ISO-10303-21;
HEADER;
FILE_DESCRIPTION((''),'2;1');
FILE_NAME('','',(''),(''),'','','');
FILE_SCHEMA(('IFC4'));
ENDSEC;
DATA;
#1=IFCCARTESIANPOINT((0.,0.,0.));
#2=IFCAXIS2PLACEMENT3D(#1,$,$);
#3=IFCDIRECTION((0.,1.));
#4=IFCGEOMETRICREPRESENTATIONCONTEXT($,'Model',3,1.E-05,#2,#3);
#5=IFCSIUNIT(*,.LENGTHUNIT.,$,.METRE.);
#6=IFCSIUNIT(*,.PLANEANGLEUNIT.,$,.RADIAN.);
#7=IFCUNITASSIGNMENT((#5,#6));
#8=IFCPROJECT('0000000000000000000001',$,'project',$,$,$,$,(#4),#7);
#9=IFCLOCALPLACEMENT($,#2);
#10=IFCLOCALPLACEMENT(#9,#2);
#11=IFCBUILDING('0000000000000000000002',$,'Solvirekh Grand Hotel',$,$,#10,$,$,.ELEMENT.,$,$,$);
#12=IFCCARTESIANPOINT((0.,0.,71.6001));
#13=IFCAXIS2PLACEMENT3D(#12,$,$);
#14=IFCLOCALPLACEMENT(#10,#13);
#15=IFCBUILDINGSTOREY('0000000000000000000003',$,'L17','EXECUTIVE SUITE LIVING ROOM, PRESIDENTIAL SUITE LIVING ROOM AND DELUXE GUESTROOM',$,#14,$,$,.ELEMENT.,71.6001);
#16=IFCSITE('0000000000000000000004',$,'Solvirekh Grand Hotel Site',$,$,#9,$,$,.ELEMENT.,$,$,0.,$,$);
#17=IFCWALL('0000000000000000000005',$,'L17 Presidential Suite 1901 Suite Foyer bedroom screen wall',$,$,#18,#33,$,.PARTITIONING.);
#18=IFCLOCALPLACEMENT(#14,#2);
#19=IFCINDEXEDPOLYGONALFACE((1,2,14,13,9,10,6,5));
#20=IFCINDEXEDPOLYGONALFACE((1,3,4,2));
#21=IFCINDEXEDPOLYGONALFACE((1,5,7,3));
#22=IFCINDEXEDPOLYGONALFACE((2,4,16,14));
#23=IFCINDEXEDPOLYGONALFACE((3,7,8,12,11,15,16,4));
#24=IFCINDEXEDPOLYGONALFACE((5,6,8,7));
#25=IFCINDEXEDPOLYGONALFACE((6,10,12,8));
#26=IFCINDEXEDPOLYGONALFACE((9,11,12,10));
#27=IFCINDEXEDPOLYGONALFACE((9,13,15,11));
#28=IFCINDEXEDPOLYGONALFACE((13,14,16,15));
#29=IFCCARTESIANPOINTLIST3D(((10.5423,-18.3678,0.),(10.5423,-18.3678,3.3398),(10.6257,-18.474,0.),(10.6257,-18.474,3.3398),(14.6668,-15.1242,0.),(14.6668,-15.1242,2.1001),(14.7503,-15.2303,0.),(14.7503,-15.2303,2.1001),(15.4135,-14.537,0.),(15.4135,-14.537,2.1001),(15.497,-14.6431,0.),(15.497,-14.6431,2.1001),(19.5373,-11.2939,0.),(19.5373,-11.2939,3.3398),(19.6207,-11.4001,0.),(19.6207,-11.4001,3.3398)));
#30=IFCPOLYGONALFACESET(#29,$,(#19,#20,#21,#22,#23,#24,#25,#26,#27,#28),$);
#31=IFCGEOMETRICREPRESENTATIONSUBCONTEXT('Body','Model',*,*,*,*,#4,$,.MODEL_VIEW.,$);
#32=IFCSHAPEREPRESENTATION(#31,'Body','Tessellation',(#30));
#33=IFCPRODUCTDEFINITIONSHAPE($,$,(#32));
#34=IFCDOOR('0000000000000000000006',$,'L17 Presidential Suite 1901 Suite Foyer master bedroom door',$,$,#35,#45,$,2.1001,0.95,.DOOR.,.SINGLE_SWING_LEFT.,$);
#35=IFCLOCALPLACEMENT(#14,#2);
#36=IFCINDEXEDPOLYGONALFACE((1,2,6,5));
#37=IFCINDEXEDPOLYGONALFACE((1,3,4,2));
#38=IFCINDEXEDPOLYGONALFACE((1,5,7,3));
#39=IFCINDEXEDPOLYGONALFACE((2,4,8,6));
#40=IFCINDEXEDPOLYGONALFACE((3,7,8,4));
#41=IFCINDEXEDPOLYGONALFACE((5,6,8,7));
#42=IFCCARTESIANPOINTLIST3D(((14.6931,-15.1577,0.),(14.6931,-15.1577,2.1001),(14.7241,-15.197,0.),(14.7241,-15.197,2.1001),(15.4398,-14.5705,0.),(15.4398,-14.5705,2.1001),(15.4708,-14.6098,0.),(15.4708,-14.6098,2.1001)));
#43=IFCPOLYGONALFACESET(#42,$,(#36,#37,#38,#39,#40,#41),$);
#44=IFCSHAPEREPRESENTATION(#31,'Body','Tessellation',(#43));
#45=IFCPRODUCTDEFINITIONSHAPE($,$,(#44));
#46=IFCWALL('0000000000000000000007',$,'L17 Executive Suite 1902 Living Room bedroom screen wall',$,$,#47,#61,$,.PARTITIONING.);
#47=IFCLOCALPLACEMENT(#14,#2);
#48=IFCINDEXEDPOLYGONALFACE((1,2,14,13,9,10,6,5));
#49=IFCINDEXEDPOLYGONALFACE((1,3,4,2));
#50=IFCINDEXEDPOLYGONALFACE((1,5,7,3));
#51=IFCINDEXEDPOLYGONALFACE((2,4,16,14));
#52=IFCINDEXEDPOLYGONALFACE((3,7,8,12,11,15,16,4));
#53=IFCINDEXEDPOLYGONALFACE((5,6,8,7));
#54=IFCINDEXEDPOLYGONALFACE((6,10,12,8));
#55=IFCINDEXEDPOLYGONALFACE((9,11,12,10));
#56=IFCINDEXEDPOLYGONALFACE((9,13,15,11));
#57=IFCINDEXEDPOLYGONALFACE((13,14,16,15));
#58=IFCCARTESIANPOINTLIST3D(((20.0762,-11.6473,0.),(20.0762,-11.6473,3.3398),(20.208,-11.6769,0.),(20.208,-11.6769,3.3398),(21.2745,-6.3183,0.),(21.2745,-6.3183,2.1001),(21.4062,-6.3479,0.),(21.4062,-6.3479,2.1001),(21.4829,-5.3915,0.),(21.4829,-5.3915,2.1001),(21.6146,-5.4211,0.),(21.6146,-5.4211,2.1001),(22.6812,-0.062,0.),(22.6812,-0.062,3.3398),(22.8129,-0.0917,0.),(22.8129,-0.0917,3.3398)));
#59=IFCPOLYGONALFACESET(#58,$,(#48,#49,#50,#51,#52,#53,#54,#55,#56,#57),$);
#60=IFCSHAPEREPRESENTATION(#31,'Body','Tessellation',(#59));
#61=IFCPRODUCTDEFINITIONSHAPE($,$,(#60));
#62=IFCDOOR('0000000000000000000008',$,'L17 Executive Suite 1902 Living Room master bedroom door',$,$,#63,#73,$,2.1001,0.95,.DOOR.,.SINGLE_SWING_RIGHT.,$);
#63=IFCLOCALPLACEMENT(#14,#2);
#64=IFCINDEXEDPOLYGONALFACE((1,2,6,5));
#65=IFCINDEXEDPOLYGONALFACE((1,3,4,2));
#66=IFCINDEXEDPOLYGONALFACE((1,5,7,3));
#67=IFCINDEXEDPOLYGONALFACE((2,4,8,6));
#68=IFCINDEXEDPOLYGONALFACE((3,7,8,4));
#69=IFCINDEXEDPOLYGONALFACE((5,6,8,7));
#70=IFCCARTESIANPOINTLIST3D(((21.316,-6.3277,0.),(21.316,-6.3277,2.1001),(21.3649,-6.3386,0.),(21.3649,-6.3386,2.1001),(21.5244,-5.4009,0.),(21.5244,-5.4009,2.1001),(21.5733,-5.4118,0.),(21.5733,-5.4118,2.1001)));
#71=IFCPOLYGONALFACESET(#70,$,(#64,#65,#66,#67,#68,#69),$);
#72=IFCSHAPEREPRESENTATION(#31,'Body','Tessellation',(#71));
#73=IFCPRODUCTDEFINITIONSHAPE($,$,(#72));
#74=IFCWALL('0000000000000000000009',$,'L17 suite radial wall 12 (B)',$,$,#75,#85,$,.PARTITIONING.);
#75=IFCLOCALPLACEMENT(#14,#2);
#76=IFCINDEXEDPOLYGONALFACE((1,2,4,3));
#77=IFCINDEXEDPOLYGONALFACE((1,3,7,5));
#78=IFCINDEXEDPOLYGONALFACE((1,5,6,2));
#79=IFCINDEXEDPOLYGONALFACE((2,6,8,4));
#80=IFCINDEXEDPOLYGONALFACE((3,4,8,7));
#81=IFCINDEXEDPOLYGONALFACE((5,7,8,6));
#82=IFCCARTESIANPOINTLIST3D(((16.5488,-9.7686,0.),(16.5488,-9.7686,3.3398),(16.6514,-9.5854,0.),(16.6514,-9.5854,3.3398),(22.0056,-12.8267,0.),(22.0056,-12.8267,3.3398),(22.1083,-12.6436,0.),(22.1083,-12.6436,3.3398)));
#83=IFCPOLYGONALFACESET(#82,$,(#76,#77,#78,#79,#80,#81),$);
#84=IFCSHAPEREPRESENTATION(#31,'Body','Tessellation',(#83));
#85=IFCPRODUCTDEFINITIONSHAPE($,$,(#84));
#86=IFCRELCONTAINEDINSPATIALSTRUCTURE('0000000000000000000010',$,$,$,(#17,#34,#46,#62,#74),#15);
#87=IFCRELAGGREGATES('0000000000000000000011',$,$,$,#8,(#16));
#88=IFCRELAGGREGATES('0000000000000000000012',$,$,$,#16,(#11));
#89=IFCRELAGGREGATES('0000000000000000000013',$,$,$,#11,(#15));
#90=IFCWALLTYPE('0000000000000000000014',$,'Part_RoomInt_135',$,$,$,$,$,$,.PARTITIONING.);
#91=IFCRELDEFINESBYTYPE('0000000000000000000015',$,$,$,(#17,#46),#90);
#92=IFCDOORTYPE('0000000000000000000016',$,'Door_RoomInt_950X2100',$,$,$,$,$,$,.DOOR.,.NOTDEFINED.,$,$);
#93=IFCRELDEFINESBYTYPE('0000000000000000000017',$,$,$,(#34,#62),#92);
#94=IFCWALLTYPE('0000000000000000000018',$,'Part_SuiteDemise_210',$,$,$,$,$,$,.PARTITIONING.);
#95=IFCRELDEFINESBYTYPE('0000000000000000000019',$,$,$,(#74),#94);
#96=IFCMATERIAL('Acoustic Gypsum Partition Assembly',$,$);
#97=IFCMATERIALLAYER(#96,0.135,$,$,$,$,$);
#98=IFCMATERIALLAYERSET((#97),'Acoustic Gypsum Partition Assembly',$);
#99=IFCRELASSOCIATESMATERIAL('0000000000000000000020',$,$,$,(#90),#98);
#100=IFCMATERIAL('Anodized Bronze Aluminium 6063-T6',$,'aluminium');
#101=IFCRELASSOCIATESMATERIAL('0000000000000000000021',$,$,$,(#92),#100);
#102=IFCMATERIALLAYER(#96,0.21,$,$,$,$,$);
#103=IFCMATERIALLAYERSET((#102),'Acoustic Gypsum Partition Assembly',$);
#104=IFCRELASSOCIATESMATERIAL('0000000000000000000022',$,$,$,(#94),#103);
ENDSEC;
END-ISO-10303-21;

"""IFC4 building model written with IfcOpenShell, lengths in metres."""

from ifc_helpers import new_model, si_unit, direction, frame, frame_2d, origin, place, context, subcontext, project, spatial, rectangle, extrude, material, layer, layer_set, type_object, element, fill, save


model = new_model("IFC4")

# Units and contexts
model_context = context("Model", 3, precision=1e-05, world=origin(), true_north=direction((0.0, 1.0)))
body_context = subcontext(model_context, "Body", "Model", "MODEL_VIEW")
ifc_project = project(units=[si_unit("LENGTHUNIT", "METRE"), si_unit("PLANEANGLEUNIT", "RADIAN")], contexts=[model_context])

# Site, building, storey
site_placement = place(None, origin())
site = spatial("IfcSite", under=ifc_project, at=site_placement, Name="Solvirekh Grand Hotel Site", CompositionType="ELEMENT", RefElevation=0.0)
building_placement = place(site_placement, origin())
building = spatial("IfcBuilding", under=site, at=building_placement, Name="Solvirekh Grand Hotel", CompositionType="ELEMENT")
storey_placement = place(building_placement, frame((0.0, 0.0, 71.6001)))
storey = spatial("IfcBuildingStorey", under=building, at=storey_placement, Name="L17", Description="EXECUTIVE SUITE LIVING ROOM, PRESIDENTIAL SUITE LIVING ROOM AND DELUXE GUESTROOM", CompositionType="ELEMENT", Elevation=71.6001)

# Shared definitions
ifc_material_1 = material(Name="Anodized Bronze Aluminium 6063-T6", Category="aluminium")

# Walls, openings, doors
ifc_material_2 = material(Name="Acoustic Gypsum Partition Assembly")
ifc_layer_1 = layer(ifc_material_2, 0.135)
ifc_layer_set_1 = layer_set([ifc_layer_1], Name="Acoustic Gypsum Partition Assembly")
wall_type_1 = type_object("IfcWallType", Name="Part_RoomInt_135", PredefinedType="PARTITIONING", material=ifc_layer_set_1)
wall_1_placement = place(storey_placement, frame((10.584, -18.4209, 0.0), z_axis=(0.0, 0.0, 1.0), x_axis=(0.786047, 0.618166, 0.0)))
wall_1 = element("IfcWall", 1, at=wall_1_placement, inside=storey, type_object=wall_type_1, Name="L17 Presidential Suite 1901 Suite Foyer bedroom screen wall", PredefinedType="PARTITIONING", context=body_context, shape_type="SweptSolid", body=[
    extrude(rectangle(XDim=11.4434, YDim=0.135, at=frame_2d((5.7217, 0.0))), origin(), (0.0, 0.0, 1.0), 3.3398),
])
opening_1_placement = place(wall_1_placement, frame((5.2471, 0.0, 0.0)))
opening_1 = element("IfcOpeningElement", 2, at=opening_1_placement, cuts=wall_1, PredefinedType="OPENING", context=body_context, shape_type="SweptSolid", body=[
    extrude(rectangle(XDim=0.95, YDim=2.1001, at=frame_2d((0.4751, 1.05))), frame((0.0, 0.0776, 0.0), z_axis=(0.0, -1.0, 0.0), x_axis=(1.0, 0.0, 0.0)), (0.0, 0.0, 1.0), 0.155),
])
door_type = type_object("IfcDoorType", Name="Door_RoomInt_950X2100", OperationType="NOTDEFINED", PredefinedType="DOOR", material=ifc_material_1)
door_1_placement = place(opening_1_placement, origin())
door_1 = element("IfcDoor", 3, at=door_1_placement, inside=storey, type_object=door_type, Name="L17 Presidential Suite 1901 Suite Foyer master bedroom door", OperationType="SINGLE_SWING_LEFT", OverallHeight=2.1001, OverallWidth=0.95, PredefinedType="DOOR", context=body_context, shape_type="SweptSolid", body=[
    extrude(rectangle(XDim=0.95, YDim=2.1001, at=frame_2d((0.4751, 1.05))), frame((0.0, 0.0249, 0.0), z_axis=(0.0, -1.0, 0.0), x_axis=(1.0, 0.0, 0.0)), (0.0, 0.0, 1.0), 0.05),
])
fill(opening_1, door_1)
wall_2_placement = place(storey_placement, frame((20.1421, -11.6621, 0.0), z_axis=(0.0, 0.0, 1.0), x_axis=(0.219377, 0.97564, 0.0)))
wall_2 = element("IfcWall", 4, at=wall_2_placement, inside=storey, type_object=wall_type_1, Name="L17 Executive Suite 1902 Living Room bedroom screen wall", PredefinedType="PARTITIONING", context=body_context, shape_type="SweptSolid", body=[
    extrude(rectangle(XDim=11.8745, YDim=0.135, at=frame_2d((5.9373, 0.0))), origin(), (0.0, 0.0, 1.0), 3.3398),
])
opening_2_placement = place(wall_2_placement, frame((5.4619, 0.0, 0.0)))
opening_2 = element("IfcOpeningElement", 5, at=opening_2_placement, cuts=wall_2, PredefinedType="OPENING", context=body_context, shape_type="SweptSolid", body=[
    extrude(rectangle(XDim=0.95, YDim=2.1001, at=frame_2d((0.4751, 1.05))), frame((0.0, 0.0776, 0.0), z_axis=(0.0, -1.0, 0.0), x_axis=(1.0, 0.0, 0.0)), (0.0, 0.0, 1.0), 0.155),
])
door_2_placement = place(opening_2_placement, origin())
door_2 = element("IfcDoor", 6, at=door_2_placement, inside=storey, type_object=door_type, Name="L17 Executive Suite 1902 Living Room master bedroom door", OperationType="SINGLE_SWING_RIGHT", OverallHeight=2.1001, OverallWidth=0.95, PredefinedType="DOOR", context=body_context, shape_type="SweptSolid", body=[
    extrude(rectangle(XDim=0.95, YDim=2.1001, at=frame_2d((0.4751, 1.05))), frame((0.0, 0.0249, 0.0), z_axis=(0.0, -1.0, 0.0), x_axis=(1.0, 0.0, 0.0)), (0.0, 0.0, 1.0), 0.05),
])
fill(opening_2, door_2)

# Wall
ifc_layer_2 = layer(ifc_material_2, 0.21)
ifc_layer_set_2 = layer_set([ifc_layer_2], Name="Acoustic Gypsum Partition Assembly")
wall_type_2 = type_object("IfcWallType", Name="Part_SuiteDemise_210", PredefinedType="PARTITIONING", material=ifc_layer_set_2)
wall_3_placement = place(storey_placement, frame((16.6001, -9.677, 0.0), z_axis=(0.0, 0.0, 1.0), x_axis=(0.872349, -0.488884, 0.0)))
element("IfcWall", 7, at=wall_3_placement, inside=storey, type_object=wall_type_2, Name="L17 suite radial wall 12 (B)", PredefinedType="PARTITIONING", context=body_context, shape_type="SweptSolid", body=[
    extrude(rectangle(XDim=6.2554, YDim=0.21, at=frame_2d((3.1277, 0.0))), origin(), (0.0, 0.0, 1.0), 3.3398),
])

save(model, "model.ifc")
